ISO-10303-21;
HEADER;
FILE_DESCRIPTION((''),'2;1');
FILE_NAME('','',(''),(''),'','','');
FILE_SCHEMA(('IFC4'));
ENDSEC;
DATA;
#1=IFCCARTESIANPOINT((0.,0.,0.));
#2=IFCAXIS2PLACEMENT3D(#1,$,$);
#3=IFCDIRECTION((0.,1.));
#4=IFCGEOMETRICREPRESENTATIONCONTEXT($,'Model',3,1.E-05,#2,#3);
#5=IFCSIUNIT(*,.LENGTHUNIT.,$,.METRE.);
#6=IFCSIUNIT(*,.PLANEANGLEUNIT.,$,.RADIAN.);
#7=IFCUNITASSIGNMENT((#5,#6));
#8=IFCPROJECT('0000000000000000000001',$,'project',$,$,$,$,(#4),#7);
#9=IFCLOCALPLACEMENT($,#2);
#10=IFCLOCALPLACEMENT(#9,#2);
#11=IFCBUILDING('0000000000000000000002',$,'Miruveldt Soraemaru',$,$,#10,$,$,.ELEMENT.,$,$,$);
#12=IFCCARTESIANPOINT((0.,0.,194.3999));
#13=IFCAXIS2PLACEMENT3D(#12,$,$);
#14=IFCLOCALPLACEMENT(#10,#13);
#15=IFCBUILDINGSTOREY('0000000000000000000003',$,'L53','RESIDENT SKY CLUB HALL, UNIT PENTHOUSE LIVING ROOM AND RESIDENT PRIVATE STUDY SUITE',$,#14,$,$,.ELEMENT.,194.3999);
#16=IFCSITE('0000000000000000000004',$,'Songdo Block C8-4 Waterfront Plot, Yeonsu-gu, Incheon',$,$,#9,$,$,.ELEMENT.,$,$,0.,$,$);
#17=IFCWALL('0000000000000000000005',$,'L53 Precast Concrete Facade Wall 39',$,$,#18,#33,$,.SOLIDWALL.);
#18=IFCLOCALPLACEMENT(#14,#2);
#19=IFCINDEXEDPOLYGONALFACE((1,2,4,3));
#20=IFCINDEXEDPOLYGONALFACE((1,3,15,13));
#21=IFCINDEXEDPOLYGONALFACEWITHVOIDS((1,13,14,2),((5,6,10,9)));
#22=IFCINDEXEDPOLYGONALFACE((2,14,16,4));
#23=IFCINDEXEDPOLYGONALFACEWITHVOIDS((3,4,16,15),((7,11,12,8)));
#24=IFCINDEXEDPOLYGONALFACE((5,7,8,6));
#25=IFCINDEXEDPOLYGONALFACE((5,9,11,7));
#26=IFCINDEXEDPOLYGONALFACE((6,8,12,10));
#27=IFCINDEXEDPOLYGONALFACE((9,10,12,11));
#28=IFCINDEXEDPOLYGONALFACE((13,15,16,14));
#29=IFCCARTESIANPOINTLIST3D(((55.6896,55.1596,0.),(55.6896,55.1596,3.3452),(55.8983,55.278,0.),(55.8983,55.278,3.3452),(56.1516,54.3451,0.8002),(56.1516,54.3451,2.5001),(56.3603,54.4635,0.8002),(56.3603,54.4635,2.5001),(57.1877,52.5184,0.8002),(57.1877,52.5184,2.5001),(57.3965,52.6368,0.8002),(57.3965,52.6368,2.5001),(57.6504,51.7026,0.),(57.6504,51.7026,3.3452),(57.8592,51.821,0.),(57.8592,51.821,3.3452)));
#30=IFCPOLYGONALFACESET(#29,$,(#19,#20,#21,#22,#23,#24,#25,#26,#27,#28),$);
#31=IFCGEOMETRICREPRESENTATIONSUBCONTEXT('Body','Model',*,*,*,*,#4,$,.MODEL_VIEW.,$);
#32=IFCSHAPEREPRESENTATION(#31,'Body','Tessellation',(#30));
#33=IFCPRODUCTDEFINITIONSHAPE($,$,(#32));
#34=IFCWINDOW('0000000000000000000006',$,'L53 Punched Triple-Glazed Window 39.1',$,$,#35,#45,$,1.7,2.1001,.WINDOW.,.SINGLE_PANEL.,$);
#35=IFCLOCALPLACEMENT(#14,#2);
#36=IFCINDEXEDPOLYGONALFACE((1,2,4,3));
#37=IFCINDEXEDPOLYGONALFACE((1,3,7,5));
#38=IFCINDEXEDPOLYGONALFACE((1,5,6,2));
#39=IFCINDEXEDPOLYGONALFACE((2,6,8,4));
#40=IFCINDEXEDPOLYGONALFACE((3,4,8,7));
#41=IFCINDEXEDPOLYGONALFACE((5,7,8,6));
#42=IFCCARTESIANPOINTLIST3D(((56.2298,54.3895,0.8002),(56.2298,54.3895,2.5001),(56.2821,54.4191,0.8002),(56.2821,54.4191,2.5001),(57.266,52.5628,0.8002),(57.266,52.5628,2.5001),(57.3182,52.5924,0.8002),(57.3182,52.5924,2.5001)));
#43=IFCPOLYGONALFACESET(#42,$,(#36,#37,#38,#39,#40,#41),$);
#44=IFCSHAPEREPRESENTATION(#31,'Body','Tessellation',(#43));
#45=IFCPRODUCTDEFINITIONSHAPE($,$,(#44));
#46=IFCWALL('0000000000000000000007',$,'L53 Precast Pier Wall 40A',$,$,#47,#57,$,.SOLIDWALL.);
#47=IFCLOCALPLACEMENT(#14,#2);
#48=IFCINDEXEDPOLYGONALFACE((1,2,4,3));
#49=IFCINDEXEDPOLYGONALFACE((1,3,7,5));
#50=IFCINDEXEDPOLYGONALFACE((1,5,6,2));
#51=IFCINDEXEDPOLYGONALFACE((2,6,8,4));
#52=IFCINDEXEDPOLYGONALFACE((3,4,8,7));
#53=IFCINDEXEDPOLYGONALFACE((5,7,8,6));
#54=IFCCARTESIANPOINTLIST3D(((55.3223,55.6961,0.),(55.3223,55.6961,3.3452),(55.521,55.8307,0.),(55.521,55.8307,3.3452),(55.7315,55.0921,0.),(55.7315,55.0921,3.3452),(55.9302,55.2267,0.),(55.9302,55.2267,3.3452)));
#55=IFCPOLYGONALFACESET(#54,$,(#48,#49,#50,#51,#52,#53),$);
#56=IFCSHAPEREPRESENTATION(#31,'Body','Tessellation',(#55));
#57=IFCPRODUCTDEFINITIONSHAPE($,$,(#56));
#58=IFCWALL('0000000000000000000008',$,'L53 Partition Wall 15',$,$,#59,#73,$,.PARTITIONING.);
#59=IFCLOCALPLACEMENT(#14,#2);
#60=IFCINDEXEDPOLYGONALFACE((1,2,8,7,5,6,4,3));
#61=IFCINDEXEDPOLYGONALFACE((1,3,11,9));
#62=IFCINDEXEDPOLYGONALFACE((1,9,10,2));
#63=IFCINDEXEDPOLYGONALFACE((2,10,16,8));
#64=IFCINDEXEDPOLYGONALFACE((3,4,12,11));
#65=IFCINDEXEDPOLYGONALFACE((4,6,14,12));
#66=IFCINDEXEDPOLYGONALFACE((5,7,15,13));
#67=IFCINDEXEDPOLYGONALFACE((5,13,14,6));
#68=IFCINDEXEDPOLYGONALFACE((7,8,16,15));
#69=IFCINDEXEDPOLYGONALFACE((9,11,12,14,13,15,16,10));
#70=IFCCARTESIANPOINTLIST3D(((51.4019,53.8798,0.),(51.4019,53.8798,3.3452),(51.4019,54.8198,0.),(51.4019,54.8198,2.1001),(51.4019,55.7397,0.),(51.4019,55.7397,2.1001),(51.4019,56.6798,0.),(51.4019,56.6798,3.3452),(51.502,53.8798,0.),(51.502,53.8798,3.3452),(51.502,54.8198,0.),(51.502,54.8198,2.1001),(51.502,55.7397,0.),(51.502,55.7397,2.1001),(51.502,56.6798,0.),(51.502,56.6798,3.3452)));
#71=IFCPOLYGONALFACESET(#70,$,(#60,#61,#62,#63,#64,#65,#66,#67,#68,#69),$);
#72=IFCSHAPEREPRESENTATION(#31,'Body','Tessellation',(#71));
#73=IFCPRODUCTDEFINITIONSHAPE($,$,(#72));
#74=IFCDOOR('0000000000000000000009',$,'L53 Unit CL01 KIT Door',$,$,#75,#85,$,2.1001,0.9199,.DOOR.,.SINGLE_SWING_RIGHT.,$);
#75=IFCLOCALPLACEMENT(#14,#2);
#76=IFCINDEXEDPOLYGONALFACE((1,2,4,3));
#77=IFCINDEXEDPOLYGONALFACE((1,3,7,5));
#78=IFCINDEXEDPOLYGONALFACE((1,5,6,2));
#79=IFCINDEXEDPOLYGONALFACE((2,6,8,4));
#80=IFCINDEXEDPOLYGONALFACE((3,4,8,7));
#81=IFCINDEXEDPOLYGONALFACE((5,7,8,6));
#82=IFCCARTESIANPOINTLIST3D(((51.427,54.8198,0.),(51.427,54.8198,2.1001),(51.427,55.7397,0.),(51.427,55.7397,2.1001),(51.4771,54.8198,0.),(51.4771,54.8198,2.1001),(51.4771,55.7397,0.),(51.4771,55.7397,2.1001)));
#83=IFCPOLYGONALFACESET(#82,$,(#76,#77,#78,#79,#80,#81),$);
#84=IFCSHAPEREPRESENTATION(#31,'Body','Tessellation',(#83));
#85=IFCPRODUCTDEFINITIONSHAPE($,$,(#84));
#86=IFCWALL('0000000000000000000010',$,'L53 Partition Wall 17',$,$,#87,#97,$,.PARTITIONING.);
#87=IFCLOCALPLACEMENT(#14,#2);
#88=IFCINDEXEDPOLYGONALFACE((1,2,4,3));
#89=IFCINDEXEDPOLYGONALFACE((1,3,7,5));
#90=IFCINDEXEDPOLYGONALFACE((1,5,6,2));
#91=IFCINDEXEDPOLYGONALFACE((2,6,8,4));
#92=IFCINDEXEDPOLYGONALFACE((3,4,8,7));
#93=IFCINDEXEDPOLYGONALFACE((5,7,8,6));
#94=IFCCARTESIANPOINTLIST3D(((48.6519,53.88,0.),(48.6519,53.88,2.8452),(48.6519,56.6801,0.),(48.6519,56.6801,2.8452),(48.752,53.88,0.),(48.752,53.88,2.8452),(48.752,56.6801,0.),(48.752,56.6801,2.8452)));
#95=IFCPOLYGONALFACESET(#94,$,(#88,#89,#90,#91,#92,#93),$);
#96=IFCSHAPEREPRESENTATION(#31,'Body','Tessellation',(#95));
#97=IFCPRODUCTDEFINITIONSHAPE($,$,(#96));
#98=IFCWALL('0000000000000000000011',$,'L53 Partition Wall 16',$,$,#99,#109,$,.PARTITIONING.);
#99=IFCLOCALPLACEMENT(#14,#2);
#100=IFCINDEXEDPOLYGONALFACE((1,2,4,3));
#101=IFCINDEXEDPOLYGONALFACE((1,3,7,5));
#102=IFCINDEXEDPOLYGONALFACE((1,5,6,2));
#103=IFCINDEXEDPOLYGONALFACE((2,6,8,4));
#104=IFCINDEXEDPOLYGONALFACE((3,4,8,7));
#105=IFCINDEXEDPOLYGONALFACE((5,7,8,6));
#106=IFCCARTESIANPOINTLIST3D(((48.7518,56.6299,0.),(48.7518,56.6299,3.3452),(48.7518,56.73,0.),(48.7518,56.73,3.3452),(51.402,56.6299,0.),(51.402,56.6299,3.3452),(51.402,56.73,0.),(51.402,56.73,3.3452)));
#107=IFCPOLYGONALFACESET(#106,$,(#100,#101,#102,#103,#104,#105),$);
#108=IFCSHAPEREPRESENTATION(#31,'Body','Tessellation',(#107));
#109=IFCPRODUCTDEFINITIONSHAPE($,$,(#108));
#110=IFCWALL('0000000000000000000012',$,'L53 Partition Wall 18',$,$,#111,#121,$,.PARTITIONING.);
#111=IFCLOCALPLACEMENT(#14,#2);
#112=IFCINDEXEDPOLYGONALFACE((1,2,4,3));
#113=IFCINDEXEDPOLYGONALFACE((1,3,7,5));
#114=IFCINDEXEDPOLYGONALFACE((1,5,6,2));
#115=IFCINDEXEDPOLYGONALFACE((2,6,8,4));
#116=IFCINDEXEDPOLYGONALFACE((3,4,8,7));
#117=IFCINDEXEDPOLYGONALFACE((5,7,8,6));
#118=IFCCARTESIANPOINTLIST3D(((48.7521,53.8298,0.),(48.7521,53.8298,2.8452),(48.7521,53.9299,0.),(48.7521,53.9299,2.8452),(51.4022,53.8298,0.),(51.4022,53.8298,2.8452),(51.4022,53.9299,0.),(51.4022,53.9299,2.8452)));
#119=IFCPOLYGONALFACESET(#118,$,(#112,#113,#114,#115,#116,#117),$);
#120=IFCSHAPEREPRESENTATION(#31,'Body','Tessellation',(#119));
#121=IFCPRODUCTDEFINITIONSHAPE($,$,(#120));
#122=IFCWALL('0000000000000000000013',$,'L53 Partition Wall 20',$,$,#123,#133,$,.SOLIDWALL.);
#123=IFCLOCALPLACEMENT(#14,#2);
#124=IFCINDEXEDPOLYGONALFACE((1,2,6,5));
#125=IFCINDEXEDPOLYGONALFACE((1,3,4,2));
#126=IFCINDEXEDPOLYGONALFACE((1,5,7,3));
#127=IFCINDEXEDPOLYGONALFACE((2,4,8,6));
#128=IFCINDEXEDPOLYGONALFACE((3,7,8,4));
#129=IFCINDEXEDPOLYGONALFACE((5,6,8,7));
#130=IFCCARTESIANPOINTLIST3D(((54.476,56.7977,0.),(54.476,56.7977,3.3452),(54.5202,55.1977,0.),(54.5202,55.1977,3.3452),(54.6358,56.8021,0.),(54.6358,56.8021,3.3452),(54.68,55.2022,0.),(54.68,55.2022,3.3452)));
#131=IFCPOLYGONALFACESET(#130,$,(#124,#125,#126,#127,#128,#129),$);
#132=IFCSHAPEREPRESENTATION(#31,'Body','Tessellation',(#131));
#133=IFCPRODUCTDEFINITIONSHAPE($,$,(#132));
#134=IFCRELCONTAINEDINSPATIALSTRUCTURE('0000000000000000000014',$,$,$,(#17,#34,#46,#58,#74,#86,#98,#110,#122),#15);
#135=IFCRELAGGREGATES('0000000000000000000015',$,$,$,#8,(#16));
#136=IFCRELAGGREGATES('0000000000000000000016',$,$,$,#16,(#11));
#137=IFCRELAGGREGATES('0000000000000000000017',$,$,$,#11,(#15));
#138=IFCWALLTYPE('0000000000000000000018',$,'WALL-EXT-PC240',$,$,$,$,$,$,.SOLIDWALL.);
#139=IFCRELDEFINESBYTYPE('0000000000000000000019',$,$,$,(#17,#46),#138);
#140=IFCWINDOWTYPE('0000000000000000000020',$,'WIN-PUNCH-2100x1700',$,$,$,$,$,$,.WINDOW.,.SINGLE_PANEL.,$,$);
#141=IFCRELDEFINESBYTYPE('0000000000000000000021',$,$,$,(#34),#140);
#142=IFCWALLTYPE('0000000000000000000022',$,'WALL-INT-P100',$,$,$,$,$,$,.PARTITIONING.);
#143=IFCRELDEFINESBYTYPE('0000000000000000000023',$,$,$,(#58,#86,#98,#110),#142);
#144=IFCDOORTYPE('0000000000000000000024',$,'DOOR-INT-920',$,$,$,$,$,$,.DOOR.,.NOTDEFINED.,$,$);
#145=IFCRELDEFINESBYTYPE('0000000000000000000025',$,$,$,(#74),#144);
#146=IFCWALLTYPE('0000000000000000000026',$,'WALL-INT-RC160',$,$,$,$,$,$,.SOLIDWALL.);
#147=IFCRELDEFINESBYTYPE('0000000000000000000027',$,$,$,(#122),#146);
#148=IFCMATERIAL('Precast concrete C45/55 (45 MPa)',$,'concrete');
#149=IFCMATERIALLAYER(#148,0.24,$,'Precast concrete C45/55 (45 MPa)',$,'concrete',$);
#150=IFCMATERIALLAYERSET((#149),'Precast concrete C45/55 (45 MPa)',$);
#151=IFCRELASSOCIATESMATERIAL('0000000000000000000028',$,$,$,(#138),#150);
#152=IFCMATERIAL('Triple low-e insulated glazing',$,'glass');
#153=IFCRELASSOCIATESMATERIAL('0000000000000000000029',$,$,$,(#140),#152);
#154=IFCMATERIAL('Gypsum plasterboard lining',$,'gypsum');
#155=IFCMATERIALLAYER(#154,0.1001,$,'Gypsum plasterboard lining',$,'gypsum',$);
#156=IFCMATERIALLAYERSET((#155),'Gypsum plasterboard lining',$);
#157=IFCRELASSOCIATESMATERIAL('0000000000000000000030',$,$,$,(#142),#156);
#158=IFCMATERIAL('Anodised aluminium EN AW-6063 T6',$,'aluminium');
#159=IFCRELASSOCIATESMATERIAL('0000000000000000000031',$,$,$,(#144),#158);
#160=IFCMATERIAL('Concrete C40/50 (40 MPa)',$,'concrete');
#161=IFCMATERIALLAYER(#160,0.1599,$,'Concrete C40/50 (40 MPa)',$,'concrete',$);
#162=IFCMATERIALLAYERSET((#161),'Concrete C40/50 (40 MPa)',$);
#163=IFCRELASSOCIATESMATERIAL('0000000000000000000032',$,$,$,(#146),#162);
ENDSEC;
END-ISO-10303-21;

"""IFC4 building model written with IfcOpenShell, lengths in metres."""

from ifc_helpers import new_model, si_unit, direction, frame, frame_2d, origin, place, context, subcontext, project, spatial, rectangle, extrude, material, layer, layer_set, type_object, element, fill, save


model = new_model("IFC4")

# Units and contexts
model_context = context("Model", 3, precision=1e-05, world=origin(), true_north=direction((0.0, 1.0)))
body_context = subcontext(model_context, "Body", "Model", "MODEL_VIEW")
ifc_project = project(units=[si_unit("LENGTHUNIT", "METRE"), si_unit("PLANEANGLEUNIT", "RADIAN")], contexts=[model_context])

# Site, building, storey
site_placement = place(None, origin())
site = spatial("IfcSite", under=ifc_project, at=site_placement, Name="Songdo Block C8-4 Waterfront Plot, Yeonsu-gu, Incheon", CompositionType="ELEMENT", RefElevation=0.0)
building_placement = place(site_placement, origin())
building = spatial("IfcBuilding", under=site, at=building_placement, Name="Miruveldt Soraemaru", CompositionType="ELEMENT")
storey_placement = place(building_placement, frame((0.0, 0.0, 194.3999)))
storey = spatial("IfcBuildingStorey", under=building, at=storey_placement, Name="L53", Description="RESIDENT SKY CLUB HALL, UNIT PENTHOUSE LIVING ROOM AND RESIDENT PRIVATE STUDY SUITE", CompositionType="ELEMENT", Elevation=194.3999)

# Wall, opening, window
ifc_material_1 = material(Name="Triple low-e insulated glazing", Category="glass")
ifc_material_2 = material(Name="Precast concrete C45/55 (45 MPa)", Category="concrete")
ifc_layer_1 = layer(ifc_material_2, 0.24, Name="Precast concrete C45/55 (45 MPa)", Category="concrete")
ifc_layer_set_1 = layer_set([ifc_layer_1], Name="Precast concrete C45/55 (45 MPa)")
wall_type_1 = type_object("IfcWallType", Name="WALL-EXT-PC240", PredefinedType="SOLIDWALL", material=ifc_layer_set_1)
wall_1_placement = place(storey_placement, frame((57.7549, 51.7617, 0.0), z_axis=(0.0, 0.0, 1.0), x_axis=(-0.493385, 0.869811, 0.0)))
wall_1 = element("IfcWall", 1, at=wall_1_placement, inside=storey, type_object=wall_type_1, Name="L53 Precast Concrete Facade Wall 39", PredefinedType="SOLIDWALL", context=body_context, shape_type="SweptSolid", body=[
    extrude(rectangle(XDim=3.9744, YDim=0.24, at=frame_2d((1.9873, 0.0))), origin(), (0.0, 0.0, 1.0), 3.3452),
])
opening_1_placement = place(wall_1_placement, frame((0.938, 0.0, 0.8)))
opening_1 = element("IfcOpeningElement", 2, at=opening_1_placement, cuts=wall_1, PredefinedType="OPENING", context=body_context, shape_type="SweptSolid", body=[
    extrude(rectangle(XDim=2.1001, YDim=1.7, at=frame_2d((1.05, 0.8501))), frame((0.0, 0.1299, 0.0), z_axis=(0.0, -1.0, 0.0), x_axis=(1.0, 0.0, 0.0)), (0.0, 0.0, 1.0), 0.26),
])
window_type_1 = type_object("IfcWindowType", Name="WIN-PUNCH-2100x1700", PartitioningType="SINGLE_PANEL", PredefinedType="WINDOW", material=ifc_material_1)
window_1_placement = place(opening_1_placement, origin())
window_1 = element("IfcWindow", 3, at=window_1_placement, inside=storey, type_object=window_type_1, Name="L53 Punched Triple-Glazed Window 39.1", OverallHeight=1.7, OverallWidth=2.1001, PartitioningType="SINGLE_PANEL", PredefinedType="WINDOW", context=body_context, shape_type="SweptSolid", body=[
    extrude(rectangle(XDim=2.1001, YDim=1.7, at=frame_2d((1.05, 0.8501))), frame((0.0, 0.03, 0.0), z_axis=(0.0, -1.0, 0.0), x_axis=(1.0, 0.0, 0.0)), (0.0, 0.0, 1.0), 0.0601),
])
fill(opening_1, window_1)

# Wall
wall_2_placement = place(storey_placement, frame((55.8308, 55.1594, 0.0), z_axis=(0.0, 0.0, 1.0), x_axis=(-0.560863, 0.827909, 0.0)))
element("IfcWall", 4, at=wall_2_placement, inside=storey, type_object=wall_type_1, Name="L53 Precast Pier Wall 40A", PredefinedType="SOLIDWALL", context=body_context, shape_type="SweptSolid", body=[
    extrude(rectangle(XDim=0.7295, YDim=0.24, at=frame_2d((0.3647, 0.0))), origin(), (0.0, 0.0, 1.0), 3.3452),
])

# Wall, opening, door
ifc_material_3 = material(Name="Gypsum plasterboard lining", Category="gypsum")
ifc_layer_2 = layer(ifc_material_3, 0.1001, Name="Gypsum plasterboard lining", Category="gypsum")
ifc_layer_set_2 = layer_set([ifc_layer_2], Name="Gypsum plasterboard lining")
wall_type_2 = type_object("IfcWallType", Name="WALL-INT-P100", PredefinedType="PARTITIONING", material=ifc_layer_set_2)
wall_3_placement = place(storey_placement, frame((51.4519, 53.8799, 0.0), z_axis=(0.0, 0.0, 1.0), x_axis=(0.0, 1.0, 0.0)))
wall_3 = element("IfcWall", 5, at=wall_3_placement, inside=storey, type_object=wall_type_2, Name="L53 Partition Wall 15", PredefinedType="PARTITIONING", context=body_context, shape_type="SweptSolid", body=[
    extrude(rectangle(XDim=2.8, YDim=0.1001, at=frame_2d((1.3999, 0.0))), origin(), (0.0, 0.0, 1.0), 3.3452),
])
opening_2_placement = place(wall_3_placement, frame((0.9399, 0.0, 0.0)))
opening_2 = element("IfcOpeningElement", 6, at=opening_2_placement, cuts=wall_3, PredefinedType="OPENING", context=body_context, shape_type="SweptSolid", body=[
    extrude(rectangle(XDim=0.9199, YDim=2.1001, at=frame_2d((0.46, 1.05))), frame((0.0, 0.0601, 0.0), z_axis=(0.0, -1.0, 0.0), x_axis=(1.0, 0.0, 0.0)), (0.0, 0.0, 1.0), 0.1201),
])
ifc_material_4 = material(Name="Anodised aluminium EN AW-6063 T6", Category="aluminium")
door_type = type_object("IfcDoorType", Name="DOOR-INT-920", OperationType="NOTDEFINED", PredefinedType="DOOR", material=ifc_material_4)
door_placement = place(opening_2_placement, origin())
door = element("IfcDoor", 7, at=door_placement, inside=storey, type_object=door_type, Name="L53 Unit CL01 KIT Door", OperationType="SINGLE_SWING_RIGHT", OverallHeight=2.1001, OverallWidth=0.9199, PredefinedType="DOOR", context=body_context, shape_type="SweptSolid", body=[
    extrude(rectangle(XDim=0.9199, YDim=2.1001, at=frame_2d((0.46, 1.05))), frame((0.0, 0.0249, 0.0), z_axis=(0.0, -1.0, 0.0), x_axis=(1.0, 0.0, 0.0)), (0.0, 0.0, 1.0), 0.05),
])
fill(opening_2, door)

# Walls
wall_4_placement = place(storey_placement, frame((48.7019, 56.6799, 0.0), z_axis=(0.0, 0.0, 1.0), x_axis=(0.0, -1.0, 0.0)))
element("IfcWall", 8, at=wall_4_placement, inside=storey, type_object=wall_type_2, Name="L53 Partition Wall 17", PredefinedType="PARTITIONING", context=body_context, shape_type="SweptSolid", body=[
    extrude(rectangle(XDim=2.8, YDim=0.1001, at=frame_2d((1.3999, 0.0))), origin(), (0.0, 0.0, 1.0), 2.8452),
])
wall_5_placement = place(storey_placement, frame((51.4021, 56.6799, 0.0), z_axis=(0.0, 0.0, 1.0), x_axis=(-1.0, 0.0, 0.0)))
element("IfcWall", 9, at=wall_5_placement, inside=storey, type_object=wall_type_2, Name="L53 Partition Wall 16", PredefinedType="PARTITIONING", context=body_context, shape_type="SweptSolid", body=[
    extrude(rectangle(XDim=2.6501, YDim=0.1001, at=frame_2d((1.3252, 0.0))), origin(), (0.0, 0.0, 1.0), 3.3452),
])
wall_6_placement = place(storey_placement, frame((48.752, 53.8799, 0.0), z_axis=(0.0, 0.0, 1.0), x_axis=(1.0, 0.0, 0.0)))
element("IfcWall", 10, at=wall_6_placement, inside=storey, type_object=wall_type_2, Name="L53 Partition Wall 18", PredefinedType="PARTITIONING", context=body_context, shape_type="SweptSolid", body=[
    extrude(rectangle(XDim=2.6501, YDim=0.1001, at=frame_2d((1.3252, 0.0))), origin(), (0.0, 0.0, 1.0), 2.8452),
])
ifc_material_5 = material(Name="Concrete C40/50 (40 MPa)", Category="concrete")
ifc_layer_3 = layer(ifc_material_5, 0.1599, Name="Concrete C40/50 (40 MPa)", Category="concrete")
ifc_layer_set_3 = layer_set([ifc_layer_3], Name="Concrete C40/50 (40 MPa)")
wall_type_3 = type_object("IfcWallType", Name="WALL-INT-RC160", PredefinedType="SOLIDWALL", material=ifc_layer_set_3)
wall_7_placement = place(storey_placement, frame((54.6001, 55.2, 0.0), z_axis=(0.0, 0.0, 1.0), x_axis=(-0.027606, 0.999619, 0.0)))
element("IfcWall", 11, at=wall_7_placement, inside=storey, type_object=wall_type_3, Name="L53 Partition Wall 20", PredefinedType="SOLIDWALL", context=body_context, shape_type="SweptSolid", body=[
    extrude(rectangle(XDim=1.6006, YDim=0.1599, at=frame_2d((0.8003, 0.0))), origin(), (0.0, 0.0, 1.0), 3.3452),
])

save(model, "model.ifc")
